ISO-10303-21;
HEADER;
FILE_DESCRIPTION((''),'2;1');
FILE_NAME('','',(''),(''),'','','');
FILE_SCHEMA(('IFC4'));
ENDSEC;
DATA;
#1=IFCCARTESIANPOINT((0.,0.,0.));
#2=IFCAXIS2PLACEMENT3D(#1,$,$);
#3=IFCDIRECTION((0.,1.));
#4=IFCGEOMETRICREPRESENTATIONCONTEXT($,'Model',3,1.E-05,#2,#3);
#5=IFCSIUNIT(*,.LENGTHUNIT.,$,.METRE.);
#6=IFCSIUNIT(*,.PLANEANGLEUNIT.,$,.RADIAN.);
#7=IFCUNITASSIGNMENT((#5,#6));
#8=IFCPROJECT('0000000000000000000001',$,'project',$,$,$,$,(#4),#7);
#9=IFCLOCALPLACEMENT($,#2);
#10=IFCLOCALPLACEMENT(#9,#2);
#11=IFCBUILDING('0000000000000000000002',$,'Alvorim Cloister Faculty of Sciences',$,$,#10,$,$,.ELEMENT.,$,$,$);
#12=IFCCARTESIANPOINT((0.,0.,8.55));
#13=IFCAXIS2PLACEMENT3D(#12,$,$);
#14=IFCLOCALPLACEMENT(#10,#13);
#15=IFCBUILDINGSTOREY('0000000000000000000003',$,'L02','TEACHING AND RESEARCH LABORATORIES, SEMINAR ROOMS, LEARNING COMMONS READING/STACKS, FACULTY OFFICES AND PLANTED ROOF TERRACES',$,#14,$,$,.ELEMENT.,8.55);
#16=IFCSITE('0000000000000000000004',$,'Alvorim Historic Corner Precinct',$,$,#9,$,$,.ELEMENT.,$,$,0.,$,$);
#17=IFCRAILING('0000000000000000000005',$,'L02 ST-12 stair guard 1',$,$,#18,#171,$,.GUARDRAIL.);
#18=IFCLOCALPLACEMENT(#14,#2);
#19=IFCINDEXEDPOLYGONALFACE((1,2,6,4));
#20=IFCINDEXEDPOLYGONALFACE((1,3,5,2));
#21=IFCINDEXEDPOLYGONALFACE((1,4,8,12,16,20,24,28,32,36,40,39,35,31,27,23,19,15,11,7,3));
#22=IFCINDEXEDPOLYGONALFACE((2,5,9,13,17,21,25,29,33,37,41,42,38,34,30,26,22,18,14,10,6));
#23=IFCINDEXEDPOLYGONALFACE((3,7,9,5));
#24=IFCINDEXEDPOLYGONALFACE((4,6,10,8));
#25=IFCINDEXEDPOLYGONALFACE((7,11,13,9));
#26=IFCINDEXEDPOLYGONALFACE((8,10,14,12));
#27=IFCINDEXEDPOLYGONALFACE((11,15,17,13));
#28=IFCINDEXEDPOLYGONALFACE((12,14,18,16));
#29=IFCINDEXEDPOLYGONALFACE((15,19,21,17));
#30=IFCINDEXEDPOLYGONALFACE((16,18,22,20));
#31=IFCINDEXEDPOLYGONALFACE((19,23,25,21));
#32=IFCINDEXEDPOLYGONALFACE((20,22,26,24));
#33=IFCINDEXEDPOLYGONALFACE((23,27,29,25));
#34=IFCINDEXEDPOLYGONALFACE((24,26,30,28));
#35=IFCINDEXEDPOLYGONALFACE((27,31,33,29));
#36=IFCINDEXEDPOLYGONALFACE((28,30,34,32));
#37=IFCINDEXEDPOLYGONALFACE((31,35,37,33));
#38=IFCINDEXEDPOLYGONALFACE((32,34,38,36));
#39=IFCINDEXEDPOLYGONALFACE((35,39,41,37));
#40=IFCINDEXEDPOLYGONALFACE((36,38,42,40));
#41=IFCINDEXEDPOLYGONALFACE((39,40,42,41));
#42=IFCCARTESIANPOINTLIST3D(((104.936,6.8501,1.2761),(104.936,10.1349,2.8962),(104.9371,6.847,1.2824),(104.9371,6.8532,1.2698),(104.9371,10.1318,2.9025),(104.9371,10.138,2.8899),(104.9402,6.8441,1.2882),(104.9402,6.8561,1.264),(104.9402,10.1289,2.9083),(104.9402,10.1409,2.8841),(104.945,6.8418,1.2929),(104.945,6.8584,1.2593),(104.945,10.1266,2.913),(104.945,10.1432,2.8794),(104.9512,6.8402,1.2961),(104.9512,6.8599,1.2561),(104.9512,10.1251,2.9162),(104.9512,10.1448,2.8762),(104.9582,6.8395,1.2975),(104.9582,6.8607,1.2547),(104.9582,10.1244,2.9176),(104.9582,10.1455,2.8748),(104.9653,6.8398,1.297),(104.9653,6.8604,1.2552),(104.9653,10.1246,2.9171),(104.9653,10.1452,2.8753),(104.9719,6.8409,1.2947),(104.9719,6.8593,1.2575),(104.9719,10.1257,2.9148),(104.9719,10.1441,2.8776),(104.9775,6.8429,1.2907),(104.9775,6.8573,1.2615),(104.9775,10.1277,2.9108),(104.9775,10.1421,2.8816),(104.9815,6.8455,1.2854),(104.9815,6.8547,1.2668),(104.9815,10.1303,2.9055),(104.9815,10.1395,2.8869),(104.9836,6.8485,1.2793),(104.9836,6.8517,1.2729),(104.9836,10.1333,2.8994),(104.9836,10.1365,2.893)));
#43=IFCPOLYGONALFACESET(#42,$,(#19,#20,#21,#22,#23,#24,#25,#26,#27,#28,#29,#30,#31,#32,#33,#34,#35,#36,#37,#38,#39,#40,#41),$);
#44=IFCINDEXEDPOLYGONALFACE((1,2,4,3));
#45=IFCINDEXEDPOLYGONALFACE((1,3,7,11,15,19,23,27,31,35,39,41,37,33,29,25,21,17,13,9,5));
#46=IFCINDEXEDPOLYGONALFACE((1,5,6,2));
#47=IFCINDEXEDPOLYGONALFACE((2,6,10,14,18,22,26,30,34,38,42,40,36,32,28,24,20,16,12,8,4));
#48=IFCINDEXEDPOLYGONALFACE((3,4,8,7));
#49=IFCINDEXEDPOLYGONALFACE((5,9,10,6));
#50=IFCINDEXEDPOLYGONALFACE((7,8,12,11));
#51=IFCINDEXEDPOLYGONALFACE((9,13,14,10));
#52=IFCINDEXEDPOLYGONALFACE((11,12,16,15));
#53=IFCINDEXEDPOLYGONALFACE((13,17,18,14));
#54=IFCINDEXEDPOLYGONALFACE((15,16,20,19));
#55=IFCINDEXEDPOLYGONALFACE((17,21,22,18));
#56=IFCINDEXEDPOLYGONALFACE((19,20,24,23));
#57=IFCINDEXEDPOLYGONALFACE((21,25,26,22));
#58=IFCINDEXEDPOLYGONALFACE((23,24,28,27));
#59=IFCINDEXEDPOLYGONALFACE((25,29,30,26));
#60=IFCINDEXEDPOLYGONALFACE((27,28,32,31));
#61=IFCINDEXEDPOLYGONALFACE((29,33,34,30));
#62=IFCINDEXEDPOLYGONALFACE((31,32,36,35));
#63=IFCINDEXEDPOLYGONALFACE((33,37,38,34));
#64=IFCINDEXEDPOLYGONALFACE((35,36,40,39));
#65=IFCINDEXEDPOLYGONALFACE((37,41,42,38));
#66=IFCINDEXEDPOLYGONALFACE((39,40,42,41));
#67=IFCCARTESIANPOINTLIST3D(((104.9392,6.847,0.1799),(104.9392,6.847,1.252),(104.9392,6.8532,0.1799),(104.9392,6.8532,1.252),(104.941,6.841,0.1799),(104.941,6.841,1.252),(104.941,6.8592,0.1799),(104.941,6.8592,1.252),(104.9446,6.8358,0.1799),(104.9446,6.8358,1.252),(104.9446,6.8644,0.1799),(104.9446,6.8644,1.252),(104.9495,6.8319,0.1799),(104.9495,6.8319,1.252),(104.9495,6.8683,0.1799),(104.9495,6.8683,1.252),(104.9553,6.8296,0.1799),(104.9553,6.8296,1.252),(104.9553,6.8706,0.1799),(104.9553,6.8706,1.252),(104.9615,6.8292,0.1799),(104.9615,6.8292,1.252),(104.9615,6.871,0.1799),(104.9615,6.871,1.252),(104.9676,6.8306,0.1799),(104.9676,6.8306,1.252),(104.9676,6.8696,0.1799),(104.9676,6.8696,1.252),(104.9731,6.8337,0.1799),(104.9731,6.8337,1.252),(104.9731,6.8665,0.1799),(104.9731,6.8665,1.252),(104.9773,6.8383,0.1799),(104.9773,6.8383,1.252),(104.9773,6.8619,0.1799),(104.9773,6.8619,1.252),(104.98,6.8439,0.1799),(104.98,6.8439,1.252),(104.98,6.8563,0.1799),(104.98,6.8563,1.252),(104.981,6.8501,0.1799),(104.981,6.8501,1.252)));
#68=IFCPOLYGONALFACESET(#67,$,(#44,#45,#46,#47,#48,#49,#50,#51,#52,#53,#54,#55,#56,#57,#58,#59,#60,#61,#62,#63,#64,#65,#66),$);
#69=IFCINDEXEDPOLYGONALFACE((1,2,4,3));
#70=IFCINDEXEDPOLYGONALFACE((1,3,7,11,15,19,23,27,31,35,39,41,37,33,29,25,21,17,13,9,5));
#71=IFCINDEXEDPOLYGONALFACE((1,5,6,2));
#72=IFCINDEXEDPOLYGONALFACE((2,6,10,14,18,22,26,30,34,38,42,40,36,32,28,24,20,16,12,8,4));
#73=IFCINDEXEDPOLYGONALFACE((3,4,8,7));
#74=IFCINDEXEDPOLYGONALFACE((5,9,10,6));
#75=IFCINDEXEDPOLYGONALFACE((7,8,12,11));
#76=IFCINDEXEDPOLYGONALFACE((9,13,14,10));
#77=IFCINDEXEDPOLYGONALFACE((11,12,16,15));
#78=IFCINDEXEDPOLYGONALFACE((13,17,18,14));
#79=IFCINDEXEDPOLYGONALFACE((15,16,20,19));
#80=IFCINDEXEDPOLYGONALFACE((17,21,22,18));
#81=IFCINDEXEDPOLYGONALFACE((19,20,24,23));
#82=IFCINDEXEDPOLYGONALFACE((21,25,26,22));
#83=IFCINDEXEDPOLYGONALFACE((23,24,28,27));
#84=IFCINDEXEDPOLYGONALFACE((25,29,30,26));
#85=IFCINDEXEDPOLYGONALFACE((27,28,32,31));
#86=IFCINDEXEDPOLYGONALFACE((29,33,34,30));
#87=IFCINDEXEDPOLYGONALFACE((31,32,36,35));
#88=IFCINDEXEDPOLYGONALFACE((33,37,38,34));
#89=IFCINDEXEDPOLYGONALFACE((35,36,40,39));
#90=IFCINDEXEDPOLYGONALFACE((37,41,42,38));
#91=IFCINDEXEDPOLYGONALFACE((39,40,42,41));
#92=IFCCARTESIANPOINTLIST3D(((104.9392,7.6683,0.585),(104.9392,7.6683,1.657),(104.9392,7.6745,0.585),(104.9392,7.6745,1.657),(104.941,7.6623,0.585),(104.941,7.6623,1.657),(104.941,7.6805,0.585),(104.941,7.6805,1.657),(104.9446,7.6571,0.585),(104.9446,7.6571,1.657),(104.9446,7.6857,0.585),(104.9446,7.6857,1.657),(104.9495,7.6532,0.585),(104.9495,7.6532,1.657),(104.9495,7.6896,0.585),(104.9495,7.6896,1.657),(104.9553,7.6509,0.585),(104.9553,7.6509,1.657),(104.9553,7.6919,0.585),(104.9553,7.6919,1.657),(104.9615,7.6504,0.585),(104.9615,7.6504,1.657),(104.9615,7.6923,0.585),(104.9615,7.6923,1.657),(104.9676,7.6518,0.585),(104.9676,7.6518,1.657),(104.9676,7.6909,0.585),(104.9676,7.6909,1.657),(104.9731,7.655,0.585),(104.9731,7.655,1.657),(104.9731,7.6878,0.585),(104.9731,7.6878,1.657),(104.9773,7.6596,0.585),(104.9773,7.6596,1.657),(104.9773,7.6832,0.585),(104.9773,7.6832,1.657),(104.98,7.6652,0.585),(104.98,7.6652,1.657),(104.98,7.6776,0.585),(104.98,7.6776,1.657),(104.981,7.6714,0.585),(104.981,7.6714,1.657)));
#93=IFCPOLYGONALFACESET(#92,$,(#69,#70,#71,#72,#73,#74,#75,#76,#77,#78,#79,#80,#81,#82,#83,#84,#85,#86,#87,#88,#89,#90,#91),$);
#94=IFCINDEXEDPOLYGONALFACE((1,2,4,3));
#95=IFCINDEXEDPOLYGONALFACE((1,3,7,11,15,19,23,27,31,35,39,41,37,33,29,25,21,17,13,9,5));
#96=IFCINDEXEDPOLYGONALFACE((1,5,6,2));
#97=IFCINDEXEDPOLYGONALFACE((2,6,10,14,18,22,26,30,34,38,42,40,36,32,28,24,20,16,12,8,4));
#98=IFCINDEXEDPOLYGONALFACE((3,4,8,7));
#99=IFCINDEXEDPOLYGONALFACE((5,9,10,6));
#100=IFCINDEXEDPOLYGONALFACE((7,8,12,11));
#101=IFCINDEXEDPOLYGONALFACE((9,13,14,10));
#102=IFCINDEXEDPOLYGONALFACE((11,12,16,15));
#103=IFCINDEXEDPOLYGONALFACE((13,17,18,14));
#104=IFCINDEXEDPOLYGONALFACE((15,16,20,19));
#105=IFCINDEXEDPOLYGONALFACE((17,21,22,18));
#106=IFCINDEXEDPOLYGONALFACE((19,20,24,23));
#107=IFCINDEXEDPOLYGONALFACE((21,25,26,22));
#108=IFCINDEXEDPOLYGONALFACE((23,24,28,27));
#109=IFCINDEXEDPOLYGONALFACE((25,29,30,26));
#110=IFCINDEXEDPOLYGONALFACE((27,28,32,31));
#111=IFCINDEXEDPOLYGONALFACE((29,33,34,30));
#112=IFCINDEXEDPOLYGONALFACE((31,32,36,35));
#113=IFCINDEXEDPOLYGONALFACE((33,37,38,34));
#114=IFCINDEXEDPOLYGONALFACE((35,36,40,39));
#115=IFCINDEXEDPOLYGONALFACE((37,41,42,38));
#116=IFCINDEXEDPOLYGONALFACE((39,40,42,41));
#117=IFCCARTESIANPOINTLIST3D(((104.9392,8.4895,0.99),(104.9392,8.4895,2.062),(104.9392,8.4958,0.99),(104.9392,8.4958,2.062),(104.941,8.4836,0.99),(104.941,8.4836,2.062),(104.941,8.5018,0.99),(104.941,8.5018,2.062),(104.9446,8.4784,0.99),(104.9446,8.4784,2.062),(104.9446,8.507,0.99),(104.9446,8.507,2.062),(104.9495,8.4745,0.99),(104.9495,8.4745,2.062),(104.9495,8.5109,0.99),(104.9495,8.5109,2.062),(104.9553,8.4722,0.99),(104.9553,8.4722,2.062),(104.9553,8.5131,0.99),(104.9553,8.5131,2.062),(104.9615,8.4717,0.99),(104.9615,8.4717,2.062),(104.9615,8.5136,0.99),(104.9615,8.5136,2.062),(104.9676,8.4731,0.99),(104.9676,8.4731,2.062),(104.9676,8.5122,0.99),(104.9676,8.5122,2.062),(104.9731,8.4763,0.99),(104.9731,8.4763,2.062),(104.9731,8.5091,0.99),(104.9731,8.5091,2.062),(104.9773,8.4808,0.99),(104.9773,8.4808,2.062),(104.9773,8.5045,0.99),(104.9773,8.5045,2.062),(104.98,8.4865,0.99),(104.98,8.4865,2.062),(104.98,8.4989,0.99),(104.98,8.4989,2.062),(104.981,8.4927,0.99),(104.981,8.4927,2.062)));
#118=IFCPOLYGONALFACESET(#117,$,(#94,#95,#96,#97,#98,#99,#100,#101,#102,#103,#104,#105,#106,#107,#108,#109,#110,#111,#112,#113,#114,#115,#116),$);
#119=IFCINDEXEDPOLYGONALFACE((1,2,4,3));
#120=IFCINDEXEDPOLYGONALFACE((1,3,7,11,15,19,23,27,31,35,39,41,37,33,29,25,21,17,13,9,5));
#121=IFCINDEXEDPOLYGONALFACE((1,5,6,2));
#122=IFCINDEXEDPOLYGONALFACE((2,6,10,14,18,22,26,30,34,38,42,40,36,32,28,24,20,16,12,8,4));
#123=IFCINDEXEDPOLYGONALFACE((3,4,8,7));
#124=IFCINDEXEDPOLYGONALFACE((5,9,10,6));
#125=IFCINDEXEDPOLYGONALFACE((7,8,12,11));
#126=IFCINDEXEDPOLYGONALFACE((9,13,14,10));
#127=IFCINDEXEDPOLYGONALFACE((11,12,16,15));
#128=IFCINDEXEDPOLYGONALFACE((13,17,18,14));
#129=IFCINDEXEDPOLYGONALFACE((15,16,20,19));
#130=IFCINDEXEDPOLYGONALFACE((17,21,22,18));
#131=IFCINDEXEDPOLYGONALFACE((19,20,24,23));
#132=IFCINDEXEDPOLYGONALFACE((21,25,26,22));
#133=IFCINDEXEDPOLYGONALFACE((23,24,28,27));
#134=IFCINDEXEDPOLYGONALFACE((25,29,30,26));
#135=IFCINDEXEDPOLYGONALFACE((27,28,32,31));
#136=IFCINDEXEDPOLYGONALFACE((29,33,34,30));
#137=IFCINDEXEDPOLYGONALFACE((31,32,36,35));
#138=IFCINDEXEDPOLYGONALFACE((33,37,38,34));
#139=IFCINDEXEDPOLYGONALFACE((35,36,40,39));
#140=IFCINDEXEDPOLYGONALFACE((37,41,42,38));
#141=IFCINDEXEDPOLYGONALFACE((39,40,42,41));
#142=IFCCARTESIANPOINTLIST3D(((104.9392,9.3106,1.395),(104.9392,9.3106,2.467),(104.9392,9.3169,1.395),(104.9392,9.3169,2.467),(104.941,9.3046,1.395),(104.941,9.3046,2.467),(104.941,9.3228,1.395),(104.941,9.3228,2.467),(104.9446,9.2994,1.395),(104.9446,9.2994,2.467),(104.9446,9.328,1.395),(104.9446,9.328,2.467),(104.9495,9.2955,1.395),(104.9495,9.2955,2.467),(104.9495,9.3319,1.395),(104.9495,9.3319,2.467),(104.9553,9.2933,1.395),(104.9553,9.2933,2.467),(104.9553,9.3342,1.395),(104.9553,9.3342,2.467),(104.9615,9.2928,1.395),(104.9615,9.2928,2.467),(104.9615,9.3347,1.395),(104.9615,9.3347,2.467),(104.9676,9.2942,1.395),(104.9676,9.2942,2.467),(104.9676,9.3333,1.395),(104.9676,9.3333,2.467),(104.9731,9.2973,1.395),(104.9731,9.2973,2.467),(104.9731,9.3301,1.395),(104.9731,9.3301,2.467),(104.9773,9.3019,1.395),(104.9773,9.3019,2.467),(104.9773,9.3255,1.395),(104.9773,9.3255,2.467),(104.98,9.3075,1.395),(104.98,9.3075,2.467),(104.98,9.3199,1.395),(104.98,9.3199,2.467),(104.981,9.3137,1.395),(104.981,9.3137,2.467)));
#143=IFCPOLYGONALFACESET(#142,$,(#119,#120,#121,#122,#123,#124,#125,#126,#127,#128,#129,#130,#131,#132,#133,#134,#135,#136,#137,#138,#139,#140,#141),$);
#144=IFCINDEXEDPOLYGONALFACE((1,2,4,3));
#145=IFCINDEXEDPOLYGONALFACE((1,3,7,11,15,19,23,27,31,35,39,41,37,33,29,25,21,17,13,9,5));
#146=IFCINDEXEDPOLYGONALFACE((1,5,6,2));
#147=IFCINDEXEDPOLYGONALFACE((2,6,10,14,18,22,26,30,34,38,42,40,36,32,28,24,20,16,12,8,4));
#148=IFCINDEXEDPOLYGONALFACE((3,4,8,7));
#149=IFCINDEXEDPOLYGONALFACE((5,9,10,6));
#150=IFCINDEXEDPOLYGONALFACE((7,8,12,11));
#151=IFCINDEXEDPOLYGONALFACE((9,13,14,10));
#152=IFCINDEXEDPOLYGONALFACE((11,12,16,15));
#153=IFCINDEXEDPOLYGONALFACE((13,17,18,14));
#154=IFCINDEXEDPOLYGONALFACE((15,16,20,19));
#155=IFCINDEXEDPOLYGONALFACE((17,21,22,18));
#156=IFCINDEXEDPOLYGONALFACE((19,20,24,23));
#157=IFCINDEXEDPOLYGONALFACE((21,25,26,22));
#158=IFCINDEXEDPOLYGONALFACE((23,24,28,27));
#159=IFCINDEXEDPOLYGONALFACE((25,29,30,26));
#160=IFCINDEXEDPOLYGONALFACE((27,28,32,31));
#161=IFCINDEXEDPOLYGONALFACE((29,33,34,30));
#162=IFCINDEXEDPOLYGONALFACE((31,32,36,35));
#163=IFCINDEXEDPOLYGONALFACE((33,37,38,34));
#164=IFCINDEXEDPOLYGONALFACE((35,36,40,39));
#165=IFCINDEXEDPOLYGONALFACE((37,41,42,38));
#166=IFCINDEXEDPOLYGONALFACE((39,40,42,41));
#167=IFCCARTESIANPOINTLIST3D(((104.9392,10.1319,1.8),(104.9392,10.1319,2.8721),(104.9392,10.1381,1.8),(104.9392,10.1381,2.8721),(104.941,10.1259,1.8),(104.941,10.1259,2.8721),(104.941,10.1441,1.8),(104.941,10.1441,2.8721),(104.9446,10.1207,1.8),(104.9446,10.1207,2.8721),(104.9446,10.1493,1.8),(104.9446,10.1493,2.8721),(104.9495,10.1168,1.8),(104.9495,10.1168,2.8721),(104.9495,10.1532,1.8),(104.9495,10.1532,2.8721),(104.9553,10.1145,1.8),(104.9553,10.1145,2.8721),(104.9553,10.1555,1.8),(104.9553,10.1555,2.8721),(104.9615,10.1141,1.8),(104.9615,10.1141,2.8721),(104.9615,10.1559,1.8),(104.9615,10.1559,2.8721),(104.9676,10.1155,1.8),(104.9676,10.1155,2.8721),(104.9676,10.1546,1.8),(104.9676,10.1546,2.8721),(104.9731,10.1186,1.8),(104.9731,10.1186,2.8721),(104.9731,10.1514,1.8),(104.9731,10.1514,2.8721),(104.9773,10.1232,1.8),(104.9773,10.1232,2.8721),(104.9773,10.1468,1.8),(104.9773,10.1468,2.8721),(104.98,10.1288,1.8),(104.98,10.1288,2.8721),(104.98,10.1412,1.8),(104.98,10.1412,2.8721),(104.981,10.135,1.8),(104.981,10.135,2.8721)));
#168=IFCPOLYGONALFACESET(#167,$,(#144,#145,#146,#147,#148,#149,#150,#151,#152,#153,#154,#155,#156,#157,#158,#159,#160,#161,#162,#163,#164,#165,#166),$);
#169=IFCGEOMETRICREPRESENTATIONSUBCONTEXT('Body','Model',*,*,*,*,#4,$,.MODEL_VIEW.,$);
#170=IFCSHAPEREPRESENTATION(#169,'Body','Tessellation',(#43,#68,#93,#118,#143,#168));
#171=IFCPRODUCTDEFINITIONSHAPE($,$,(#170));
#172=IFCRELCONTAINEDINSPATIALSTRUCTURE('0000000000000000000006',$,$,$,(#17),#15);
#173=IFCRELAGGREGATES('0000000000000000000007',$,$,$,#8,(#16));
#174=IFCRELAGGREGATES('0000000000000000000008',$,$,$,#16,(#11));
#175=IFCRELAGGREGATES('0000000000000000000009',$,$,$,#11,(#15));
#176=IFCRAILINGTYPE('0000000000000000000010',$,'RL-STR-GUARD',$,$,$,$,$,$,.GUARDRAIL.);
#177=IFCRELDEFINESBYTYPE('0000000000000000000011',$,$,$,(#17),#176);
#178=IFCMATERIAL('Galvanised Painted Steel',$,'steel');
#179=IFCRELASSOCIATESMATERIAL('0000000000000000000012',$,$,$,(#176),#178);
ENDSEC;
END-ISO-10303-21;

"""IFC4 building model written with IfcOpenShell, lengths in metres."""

from ifc_helpers import new_model, si_unit, direction, frame, origin, origin_2d, place, context, subcontext, project, spatial, circle, extrude, material, type_object, element, save


model = new_model("IFC4")

# Units and contexts
model_context = context("Model", 3, precision=1e-05, world=origin(), true_north=direction((0.0, 1.0)))
body_context = subcontext(model_context, "Body", "Model", "MODEL_VIEW")
ifc_project = project(units=[si_unit("LENGTHUNIT", "METRE"), si_unit("PLANEANGLEUNIT", "RADIAN")], contexts=[model_context])

# Site, building, storey
site_placement = place(None, origin())
site = spatial("IfcSite", under=ifc_project, at=site_placement, Name="Alvorim Historic Corner Precinct", CompositionType="ELEMENT", RefElevation=0.0)
building_placement = place(site_placement, origin())
building = spatial("IfcBuilding", under=site, at=building_placement, Name="Alvorim Cloister Faculty of Sciences", CompositionType="ELEMENT")
storey_placement = place(building_placement, frame((0.0, 0.0, 8.55)))
storey = spatial("IfcBuildingStorey", under=building, at=storey_placement, Name="L02", Description="TEACHING AND RESEARCH LABORATORIES, SEMINAR ROOMS, LEARNING COMMONS READING/STACKS, FACULTY OFFICES AND PLANTED ROOF TERRACES", CompositionType="ELEMENT", Elevation=8.55)

# Railing
ifc_material_1 = material(Name="Galvanised Painted Steel", Category="steel")
railing_type_1 = type_object("IfcRailingType", Name="RL-STR-GUARD", PredefinedType="GUARDRAIL", material=ifc_material_1)
railing_1_placement = place(storey_placement, frame((104.96, 6.8501, 0.1799)))
element("IfcRailing", 1, at=railing_1_placement, inside=storey, type_object=railing_type_1, Name="L02 ST-12 stair guard 1", PredefinedType="GUARDRAIL", context=body_context, shape_type="SweptSolid", body=[
    extrude(circle(Radius=0.0239, at=origin_2d()), frame((0.0, 0.0, 1.0962), z_axis=(0.0, 0.896853, 0.442328), x_axis=(-1.0, 0.0, 0.0)), (0.0, 0.0, 1.0), 3.6626),
    extrude(circle(Radius=0.021, at=origin_2d()), origin(), (0.0, 0.0, 1.0), 1.072),
    extrude(circle(Radius=0.021, at=origin_2d()), frame((0.0, 0.8213, 0.405)), (0.0, 0.0, 1.0), 1.072),
    extrude(circle(Radius=0.021, at=origin_2d()), frame((0.0, 1.6426, 0.8101)), (0.0, 0.0, 1.0), 1.072),
    extrude(circle(Radius=0.021, at=origin_2d()), frame((0.0, 2.4636, 1.2151)), (0.0, 0.0, 1.0), 1.072),
    extrude(circle(Radius=0.021, at=origin_2d()), frame((0.0, 3.2849, 1.6201)), (0.0, 0.0, 1.0), 1.072),
])

save(model, "model.ifc")
